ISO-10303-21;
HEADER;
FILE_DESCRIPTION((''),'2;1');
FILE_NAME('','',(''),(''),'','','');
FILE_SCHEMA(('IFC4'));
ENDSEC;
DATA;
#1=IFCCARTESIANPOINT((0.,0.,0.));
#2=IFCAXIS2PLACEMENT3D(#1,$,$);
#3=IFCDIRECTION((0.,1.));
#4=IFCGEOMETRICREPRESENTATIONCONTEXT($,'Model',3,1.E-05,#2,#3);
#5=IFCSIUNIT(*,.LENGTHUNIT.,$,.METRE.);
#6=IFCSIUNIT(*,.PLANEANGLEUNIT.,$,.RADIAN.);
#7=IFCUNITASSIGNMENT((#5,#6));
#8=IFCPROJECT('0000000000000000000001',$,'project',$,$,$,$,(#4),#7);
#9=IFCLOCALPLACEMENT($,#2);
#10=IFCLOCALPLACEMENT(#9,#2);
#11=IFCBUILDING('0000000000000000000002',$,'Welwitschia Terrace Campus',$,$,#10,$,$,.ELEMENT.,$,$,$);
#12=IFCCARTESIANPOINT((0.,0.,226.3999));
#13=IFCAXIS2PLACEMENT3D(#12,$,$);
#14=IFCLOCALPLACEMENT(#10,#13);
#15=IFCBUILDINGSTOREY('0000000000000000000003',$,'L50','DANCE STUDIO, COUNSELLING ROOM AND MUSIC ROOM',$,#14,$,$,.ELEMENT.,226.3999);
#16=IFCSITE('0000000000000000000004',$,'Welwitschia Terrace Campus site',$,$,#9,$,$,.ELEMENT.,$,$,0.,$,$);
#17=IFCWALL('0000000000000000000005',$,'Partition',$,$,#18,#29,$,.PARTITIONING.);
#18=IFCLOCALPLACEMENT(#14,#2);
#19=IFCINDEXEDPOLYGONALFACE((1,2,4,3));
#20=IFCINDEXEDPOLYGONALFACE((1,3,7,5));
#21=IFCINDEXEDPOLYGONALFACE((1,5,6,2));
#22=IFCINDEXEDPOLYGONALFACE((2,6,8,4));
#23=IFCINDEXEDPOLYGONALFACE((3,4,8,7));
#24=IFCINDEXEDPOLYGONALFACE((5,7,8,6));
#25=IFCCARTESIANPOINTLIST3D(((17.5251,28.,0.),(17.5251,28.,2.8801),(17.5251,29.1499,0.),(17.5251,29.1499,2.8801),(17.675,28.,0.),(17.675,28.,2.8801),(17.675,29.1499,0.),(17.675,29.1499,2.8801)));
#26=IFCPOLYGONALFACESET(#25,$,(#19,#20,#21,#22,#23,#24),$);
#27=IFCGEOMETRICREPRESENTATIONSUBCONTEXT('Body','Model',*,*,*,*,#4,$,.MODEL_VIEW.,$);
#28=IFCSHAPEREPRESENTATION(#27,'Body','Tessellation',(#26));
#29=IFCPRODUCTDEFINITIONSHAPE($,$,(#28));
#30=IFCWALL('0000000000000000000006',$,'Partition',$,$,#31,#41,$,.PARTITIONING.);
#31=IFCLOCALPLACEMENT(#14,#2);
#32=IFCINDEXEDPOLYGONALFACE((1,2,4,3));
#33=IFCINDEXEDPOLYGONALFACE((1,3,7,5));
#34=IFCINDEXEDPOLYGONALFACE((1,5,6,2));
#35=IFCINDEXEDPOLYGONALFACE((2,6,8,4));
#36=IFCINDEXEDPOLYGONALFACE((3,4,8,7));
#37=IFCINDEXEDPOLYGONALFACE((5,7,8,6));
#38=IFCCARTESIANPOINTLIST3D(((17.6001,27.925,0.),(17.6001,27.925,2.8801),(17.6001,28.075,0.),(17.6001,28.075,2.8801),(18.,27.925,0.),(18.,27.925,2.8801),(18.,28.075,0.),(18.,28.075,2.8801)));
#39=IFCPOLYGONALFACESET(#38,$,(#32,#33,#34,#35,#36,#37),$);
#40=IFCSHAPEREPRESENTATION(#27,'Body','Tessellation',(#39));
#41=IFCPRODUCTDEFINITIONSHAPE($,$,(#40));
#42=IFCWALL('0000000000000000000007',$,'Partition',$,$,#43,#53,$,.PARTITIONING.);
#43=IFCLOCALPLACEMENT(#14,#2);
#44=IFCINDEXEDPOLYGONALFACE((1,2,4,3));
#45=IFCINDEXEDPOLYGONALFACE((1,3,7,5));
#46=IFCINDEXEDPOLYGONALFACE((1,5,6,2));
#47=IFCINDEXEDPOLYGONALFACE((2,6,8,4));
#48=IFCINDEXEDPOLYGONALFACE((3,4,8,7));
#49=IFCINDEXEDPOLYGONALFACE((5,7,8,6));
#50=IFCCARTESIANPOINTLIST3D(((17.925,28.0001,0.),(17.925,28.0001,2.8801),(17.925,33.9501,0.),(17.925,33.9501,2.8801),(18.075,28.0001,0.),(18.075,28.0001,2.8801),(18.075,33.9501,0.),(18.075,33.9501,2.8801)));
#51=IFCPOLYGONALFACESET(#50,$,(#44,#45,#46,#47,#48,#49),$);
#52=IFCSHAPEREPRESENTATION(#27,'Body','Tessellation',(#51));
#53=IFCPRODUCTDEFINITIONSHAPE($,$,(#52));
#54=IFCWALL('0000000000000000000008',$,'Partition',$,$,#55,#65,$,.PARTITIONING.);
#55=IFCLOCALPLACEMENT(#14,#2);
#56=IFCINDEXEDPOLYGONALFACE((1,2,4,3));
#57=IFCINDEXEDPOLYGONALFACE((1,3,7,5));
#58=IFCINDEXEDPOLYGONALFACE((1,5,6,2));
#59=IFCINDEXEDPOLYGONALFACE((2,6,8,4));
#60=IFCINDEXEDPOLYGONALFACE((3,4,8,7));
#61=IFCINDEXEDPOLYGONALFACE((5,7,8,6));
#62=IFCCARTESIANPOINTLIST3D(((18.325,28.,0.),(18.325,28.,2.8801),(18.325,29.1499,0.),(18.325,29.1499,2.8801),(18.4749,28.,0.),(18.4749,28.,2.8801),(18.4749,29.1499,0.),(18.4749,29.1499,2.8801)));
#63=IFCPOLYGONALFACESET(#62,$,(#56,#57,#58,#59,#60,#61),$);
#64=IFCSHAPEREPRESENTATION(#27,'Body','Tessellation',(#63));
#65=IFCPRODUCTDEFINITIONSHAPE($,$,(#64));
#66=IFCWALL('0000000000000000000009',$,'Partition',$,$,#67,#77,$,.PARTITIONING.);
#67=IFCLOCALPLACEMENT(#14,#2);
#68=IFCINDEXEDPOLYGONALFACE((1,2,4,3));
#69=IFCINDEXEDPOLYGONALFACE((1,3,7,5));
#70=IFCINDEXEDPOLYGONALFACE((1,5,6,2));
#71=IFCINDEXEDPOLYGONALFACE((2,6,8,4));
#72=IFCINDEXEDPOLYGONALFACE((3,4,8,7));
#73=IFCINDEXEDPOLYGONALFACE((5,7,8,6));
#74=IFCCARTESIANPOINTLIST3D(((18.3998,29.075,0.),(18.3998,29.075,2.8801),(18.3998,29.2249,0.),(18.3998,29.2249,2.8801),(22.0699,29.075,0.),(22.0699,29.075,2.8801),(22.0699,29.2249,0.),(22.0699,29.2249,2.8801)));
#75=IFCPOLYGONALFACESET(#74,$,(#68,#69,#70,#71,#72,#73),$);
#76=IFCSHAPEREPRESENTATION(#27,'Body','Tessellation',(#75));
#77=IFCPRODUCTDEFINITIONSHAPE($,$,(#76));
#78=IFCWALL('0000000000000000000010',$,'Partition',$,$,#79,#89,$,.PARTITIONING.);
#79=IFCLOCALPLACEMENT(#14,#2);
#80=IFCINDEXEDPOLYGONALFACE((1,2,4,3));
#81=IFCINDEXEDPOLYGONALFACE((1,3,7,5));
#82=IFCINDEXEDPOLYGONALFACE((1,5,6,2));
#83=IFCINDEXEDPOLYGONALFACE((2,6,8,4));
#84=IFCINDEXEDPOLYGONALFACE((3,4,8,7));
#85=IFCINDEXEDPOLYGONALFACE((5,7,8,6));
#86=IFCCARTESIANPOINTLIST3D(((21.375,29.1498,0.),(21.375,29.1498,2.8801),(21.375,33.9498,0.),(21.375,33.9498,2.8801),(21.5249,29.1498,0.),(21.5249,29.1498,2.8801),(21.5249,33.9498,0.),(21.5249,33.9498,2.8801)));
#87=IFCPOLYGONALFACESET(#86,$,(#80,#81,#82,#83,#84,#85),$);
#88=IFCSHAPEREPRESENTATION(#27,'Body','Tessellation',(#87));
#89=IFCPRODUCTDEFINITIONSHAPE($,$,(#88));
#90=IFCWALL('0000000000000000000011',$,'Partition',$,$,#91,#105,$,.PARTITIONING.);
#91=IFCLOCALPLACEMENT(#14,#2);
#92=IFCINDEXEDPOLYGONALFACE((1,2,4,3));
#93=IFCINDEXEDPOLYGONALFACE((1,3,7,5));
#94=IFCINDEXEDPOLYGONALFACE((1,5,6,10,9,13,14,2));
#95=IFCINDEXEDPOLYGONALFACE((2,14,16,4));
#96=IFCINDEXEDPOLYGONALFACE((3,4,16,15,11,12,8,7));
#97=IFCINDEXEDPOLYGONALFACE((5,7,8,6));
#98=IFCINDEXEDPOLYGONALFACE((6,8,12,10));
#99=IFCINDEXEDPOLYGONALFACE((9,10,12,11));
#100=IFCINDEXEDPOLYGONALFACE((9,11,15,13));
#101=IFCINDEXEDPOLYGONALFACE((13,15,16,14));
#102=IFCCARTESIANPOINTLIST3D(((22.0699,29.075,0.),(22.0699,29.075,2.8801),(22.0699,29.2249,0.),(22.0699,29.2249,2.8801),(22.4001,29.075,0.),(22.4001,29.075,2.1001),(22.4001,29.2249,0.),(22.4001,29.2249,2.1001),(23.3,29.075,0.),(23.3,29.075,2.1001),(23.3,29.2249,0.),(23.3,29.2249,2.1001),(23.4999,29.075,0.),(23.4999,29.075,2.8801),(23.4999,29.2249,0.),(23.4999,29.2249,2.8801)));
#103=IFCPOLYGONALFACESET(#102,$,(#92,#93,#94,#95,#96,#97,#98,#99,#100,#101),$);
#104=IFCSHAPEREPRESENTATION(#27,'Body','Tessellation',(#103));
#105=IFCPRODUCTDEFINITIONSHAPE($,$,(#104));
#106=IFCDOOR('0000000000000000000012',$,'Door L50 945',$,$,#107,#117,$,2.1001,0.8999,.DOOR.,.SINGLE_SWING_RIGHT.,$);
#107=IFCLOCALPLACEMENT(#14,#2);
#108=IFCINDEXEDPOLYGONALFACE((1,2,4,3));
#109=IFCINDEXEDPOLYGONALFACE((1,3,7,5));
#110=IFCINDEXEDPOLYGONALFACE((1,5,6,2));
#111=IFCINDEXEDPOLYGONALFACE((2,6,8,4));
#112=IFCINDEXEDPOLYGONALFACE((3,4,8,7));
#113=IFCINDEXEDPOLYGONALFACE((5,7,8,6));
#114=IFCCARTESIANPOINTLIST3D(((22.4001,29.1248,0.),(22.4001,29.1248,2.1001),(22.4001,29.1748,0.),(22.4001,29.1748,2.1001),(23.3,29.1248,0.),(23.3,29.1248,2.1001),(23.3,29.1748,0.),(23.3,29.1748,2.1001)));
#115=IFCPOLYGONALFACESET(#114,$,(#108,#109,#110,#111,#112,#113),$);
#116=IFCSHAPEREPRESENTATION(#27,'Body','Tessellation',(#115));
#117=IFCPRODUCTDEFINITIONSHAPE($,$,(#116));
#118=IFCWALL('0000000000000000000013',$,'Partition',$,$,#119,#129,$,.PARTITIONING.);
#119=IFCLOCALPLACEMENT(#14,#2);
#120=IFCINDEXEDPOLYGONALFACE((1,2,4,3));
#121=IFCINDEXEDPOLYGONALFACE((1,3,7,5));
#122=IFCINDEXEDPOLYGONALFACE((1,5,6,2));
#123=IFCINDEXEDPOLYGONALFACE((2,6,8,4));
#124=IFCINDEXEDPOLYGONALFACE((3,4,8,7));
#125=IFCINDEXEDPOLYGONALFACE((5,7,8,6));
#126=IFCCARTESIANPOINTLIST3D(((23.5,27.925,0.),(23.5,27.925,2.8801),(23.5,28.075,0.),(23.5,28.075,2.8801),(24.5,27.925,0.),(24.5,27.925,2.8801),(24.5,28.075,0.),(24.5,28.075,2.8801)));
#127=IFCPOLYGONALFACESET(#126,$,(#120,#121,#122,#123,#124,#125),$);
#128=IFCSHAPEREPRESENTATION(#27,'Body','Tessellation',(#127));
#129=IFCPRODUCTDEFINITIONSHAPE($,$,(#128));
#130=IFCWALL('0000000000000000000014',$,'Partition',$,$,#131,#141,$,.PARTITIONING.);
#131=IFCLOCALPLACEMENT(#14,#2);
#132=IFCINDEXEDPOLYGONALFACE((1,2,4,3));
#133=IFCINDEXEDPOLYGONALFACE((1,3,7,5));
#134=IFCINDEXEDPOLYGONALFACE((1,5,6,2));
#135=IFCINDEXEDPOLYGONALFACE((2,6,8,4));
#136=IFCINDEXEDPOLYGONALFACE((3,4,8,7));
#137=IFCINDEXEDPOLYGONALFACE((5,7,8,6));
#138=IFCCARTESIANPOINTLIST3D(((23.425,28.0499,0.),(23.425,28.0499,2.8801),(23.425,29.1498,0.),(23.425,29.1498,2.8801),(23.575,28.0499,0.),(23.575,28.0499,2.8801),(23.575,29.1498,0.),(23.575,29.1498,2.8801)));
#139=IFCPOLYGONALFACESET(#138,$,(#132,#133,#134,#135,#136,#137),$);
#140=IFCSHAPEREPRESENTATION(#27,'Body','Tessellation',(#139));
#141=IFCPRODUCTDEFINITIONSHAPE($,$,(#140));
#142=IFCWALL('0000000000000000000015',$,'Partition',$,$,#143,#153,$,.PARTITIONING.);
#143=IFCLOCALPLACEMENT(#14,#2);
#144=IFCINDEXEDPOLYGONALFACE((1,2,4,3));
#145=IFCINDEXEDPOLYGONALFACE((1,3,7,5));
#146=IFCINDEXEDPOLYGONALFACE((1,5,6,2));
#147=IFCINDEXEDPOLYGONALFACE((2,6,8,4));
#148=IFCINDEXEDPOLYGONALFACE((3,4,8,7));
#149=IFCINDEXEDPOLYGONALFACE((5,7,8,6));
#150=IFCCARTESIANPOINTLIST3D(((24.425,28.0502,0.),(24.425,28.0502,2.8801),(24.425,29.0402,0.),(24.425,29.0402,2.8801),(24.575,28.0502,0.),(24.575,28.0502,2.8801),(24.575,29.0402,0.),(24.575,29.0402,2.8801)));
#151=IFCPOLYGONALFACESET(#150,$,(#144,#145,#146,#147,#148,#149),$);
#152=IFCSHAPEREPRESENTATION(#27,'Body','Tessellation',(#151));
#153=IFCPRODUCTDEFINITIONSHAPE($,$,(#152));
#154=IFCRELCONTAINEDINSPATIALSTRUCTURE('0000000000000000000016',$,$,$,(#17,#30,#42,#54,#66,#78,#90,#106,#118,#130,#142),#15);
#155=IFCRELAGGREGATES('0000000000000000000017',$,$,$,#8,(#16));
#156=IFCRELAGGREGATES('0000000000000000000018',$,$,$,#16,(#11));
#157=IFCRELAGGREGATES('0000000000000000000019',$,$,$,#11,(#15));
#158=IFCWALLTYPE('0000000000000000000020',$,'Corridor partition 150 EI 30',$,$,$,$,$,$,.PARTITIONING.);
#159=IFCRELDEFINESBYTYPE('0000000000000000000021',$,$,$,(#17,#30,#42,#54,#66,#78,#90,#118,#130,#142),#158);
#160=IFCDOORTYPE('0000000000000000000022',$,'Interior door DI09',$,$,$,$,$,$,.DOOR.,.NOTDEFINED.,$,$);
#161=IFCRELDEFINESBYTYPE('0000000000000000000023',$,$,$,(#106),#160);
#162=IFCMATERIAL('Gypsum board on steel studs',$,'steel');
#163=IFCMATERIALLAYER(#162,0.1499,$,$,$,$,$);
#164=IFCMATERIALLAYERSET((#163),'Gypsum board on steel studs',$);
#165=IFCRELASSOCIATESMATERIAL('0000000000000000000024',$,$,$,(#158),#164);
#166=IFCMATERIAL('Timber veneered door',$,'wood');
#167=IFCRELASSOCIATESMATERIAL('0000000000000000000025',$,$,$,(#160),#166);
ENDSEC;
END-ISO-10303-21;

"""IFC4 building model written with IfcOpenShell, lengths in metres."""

from ifc_helpers import new_model, si_unit, direction, frame, frame_2d, origin, place, context, subcontext, project, spatial, rectangle, extrude, material, layer, layer_set, type_object, element, fill, save


model = new_model("IFC4")

# Units and contexts
model_context = context("Model", 3, precision=1e-05, world=origin(), true_north=direction((0.0, 1.0)))
body_context = subcontext(model_context, "Body", "Model", "MODEL_VIEW")
ifc_project = project(units=[si_unit("LENGTHUNIT", "METRE"), si_unit("PLANEANGLEUNIT", "RADIAN")], contexts=[model_context])

# Site, building, storey
site_placement = place(None, origin())
site = spatial("IfcSite", under=ifc_project, at=site_placement, Name="Welwitschia Terrace Campus site", CompositionType="ELEMENT", RefElevation=0.0)
building_placement = place(site_placement, origin())
building = spatial("IfcBuilding", under=site, at=building_placement, Name="Welwitschia Terrace Campus", CompositionType="ELEMENT")
storey_placement = place(building_placement, frame((0.0, 0.0, 226.3999)))
storey = spatial("IfcBuildingStorey", under=building, at=storey_placement, Name="L50", Description="DANCE STUDIO, COUNSELLING ROOM AND MUSIC ROOM", CompositionType="ELEMENT", Elevation=226.3999)

# Shared definitions
ifc_material_1 = material(Name="Gypsum board on steel studs", Category="steel")
ifc_layer_1 = layer(ifc_material_1, 0.1499)
ifc_layer_set_1 = layer_set([ifc_layer_1], Name="Gypsum board on steel studs")
wall_type = type_object("IfcWallType", Name="Corridor partition 150 EI 30", PredefinedType="PARTITIONING", material=ifc_layer_set_1)

# Shared definitions
ifc_material_2 = material(Name="Timber veneered door", Category="wood")
door_type = type_object("IfcDoorType", Name="Interior door DI09", OperationType="NOTDEFINED", PredefinedType="DOOR", material=ifc_material_2)

# Walls
wall_1_placement = place(storey_placement, frame((17.6001, 28.0, 0.0), z_axis=(0.0, 0.0, 1.0), x_axis=(0.0, 1.0, 0.0)))
element("IfcWall", 1, at=wall_1_placement, inside=storey, type_object=wall_type, Name="Partition", PredefinedType="PARTITIONING", context=body_context, shape_type="SweptSolid", body=[
    extrude(rectangle(XDim=1.1499, YDim=0.1499, at=frame_2d((0.575, 0.0))), origin(), (0.0, 0.0, 1.0), 2.8801),
])
wall_2_placement = place(storey_placement, frame((17.6001, 28.0, 0.0), z_axis=(0.0, 0.0, 1.0), x_axis=(1.0, 0.0, 0.0)))
element("IfcWall", 2, at=wall_2_placement, inside=storey, type_object=wall_type, Name="Partition", PredefinedType="PARTITIONING", context=body_context, shape_type="SweptSolid", body=[
    extrude(rectangle(XDim=0.3999, YDim=0.1499, at=frame_2d((0.2, 0.0))), origin(), (0.0, 0.0, 1.0), 2.8801),
])
wall_3_placement = place(storey_placement, frame((18.0, 28.0, 0.0), z_axis=(0.0, 0.0, 1.0), x_axis=(0.0, 1.0, 0.0)))
element("IfcWall", 3, at=wall_3_placement, inside=storey, type_object=wall_type, Name="Partition", PredefinedType="PARTITIONING", context=body_context, shape_type="SweptSolid", body=[
    extrude(rectangle(XDim=5.95, YDim=0.1499, at=frame_2d((2.9751, 0.0))), origin(), (0.0, 0.0, 1.0), 2.8801),
])
wall_4_placement = place(storey_placement, frame((18.3999, 28.0, 0.0), z_axis=(0.0, 0.0, 1.0), x_axis=(0.0, 1.0, 0.0)))
element("IfcWall", 4, at=wall_4_placement, inside=storey, type_object=wall_type, Name="Partition", PredefinedType="PARTITIONING", context=body_context, shape_type="SweptSolid", body=[
    extrude(rectangle(XDim=1.1499, YDim=0.1499, at=frame_2d((0.575, 0.0))), origin(), (0.0, 0.0, 1.0), 2.8801),
])
wall_5_placement = place(storey_placement, frame((18.3999, 29.1499, 0.0), z_axis=(0.0, 0.0, 1.0), x_axis=(1.0, 0.0, 0.0)))
element("IfcWall", 5, at=wall_5_placement, inside=storey, type_object=wall_type, Name="Partition", PredefinedType="PARTITIONING", context=body_context, shape_type="SweptSolid", body=[
    extrude(rectangle(XDim=3.6702, YDim=0.1499, at=frame_2d((1.835, 0.0))), origin(), (0.0, 0.0, 1.0), 2.8801),
])
wall_6_placement = place(storey_placement, frame((21.45, 29.1499, 0.0), z_axis=(0.0, 0.0, 1.0), x_axis=(0.0, 1.0, 0.0)))
element("IfcWall", 6, at=wall_6_placement, inside=storey, type_object=wall_type, Name="Partition", PredefinedType="PARTITIONING", context=body_context, shape_type="SweptSolid", body=[
    extrude(rectangle(XDim=4.8, YDim=0.1499, at=frame_2d((2.3999, 0.0))), origin(), (0.0, 0.0, 1.0), 2.8801),
])

# Wall, opening, door
wall_7_placement = place(storey_placement, frame((22.0701, 29.1499, 0.0), z_axis=(0.0, 0.0, 1.0), x_axis=(1.0, 0.0, 0.0)))
wall_7 = element("IfcWall", 7, at=wall_7_placement, inside=storey, type_object=wall_type, Name="Partition", PredefinedType="PARTITIONING", context=body_context, shape_type="SweptSolid", body=[
    extrude(rectangle(XDim=1.4299, YDim=0.1499, at=frame_2d((0.7148, 0.0))), origin(), (0.0, 0.0, 1.0), 2.8801),
])
opening_1_placement = place(wall_7_placement, frame((0.3301, 0.0, 0.0)))
opening_1 = element("IfcOpeningElement", 8, at=opening_1_placement, cuts=wall_7, PredefinedType="OPENING", context=body_context, shape_type="SweptSolid", body=[
    extrude(rectangle(XDim=0.8999, YDim=2.1001, at=frame_2d((0.45, 1.05))), frame((0.0, 0.085, 0.0), z_axis=(0.0, -1.0, 0.0), x_axis=(1.0, 0.0, 0.0)), (0.0, 0.0, 1.0), 0.1699),
])
door_1_placement = place(opening_1_placement, origin())
door_1 = element("IfcDoor", 9, at=door_1_placement, inside=storey, type_object=door_type, Name="Door L50 945", OperationType="SINGLE_SWING_RIGHT", OverallHeight=2.1001, OverallWidth=0.8999, PredefinedType="DOOR", context=body_context, shape_type="SweptSolid", body=[
    extrude(rectangle(XDim=0.8999, YDim=2.1001, at=frame_2d((0.45, 1.05))), frame((0.0, 0.0249, 0.0), z_axis=(0.0, -1.0, 0.0), x_axis=(1.0, 0.0, 0.0)), (0.0, 0.0, 1.0), 0.05),
])
fill(opening_1, door_1)

# Walls
wall_8_placement = place(storey_placement, frame((23.5, 28.0, 0.0), z_axis=(0.0, 0.0, 1.0), x_axis=(1.0, 0.0, 0.0)))
element("IfcWall", 10, at=wall_8_placement, inside=storey, type_object=wall_type, Name="Partition", PredefinedType="PARTITIONING", context=body_context, shape_type="SweptSolid", body=[
    extrude(rectangle(XDim=1.0, YDim=0.1499, at=frame_2d((0.5, 0.0))), origin(), (0.0, 0.0, 1.0), 2.8801),
])
wall_9_placement = place(storey_placement, frame((23.5, 28.05, 0.0), z_axis=(0.0, 0.0, 1.0), x_axis=(0.0, 1.0, 0.0)))
element("IfcWall", 11, at=wall_9_placement, inside=storey, type_object=wall_type, Name="Partition", PredefinedType="PARTITIONING", context=body_context, shape_type="SweptSolid", body=[
    extrude(rectangle(XDim=1.0999, YDim=0.1499, at=frame_2d((0.5498, 0.0))), origin(), (0.0, 0.0, 1.0), 2.8801),
])
wall_10_placement = place(storey_placement, frame((24.5, 28.05, 0.0), z_axis=(0.0, 0.0, 1.0), x_axis=(0.0, 1.0, 0.0)))
element("IfcWall", 12, at=wall_10_placement, inside=storey, type_object=wall_type, Name="Partition", PredefinedType="PARTITIONING", context=body_context, shape_type="SweptSolid", body=[
    extrude(rectangle(XDim=0.99, YDim=0.1499, at=frame_2d((0.4951, 0.0))), origin(), (0.0, 0.0, 1.0), 2.8801),
])

save(model, "model.ifc")
